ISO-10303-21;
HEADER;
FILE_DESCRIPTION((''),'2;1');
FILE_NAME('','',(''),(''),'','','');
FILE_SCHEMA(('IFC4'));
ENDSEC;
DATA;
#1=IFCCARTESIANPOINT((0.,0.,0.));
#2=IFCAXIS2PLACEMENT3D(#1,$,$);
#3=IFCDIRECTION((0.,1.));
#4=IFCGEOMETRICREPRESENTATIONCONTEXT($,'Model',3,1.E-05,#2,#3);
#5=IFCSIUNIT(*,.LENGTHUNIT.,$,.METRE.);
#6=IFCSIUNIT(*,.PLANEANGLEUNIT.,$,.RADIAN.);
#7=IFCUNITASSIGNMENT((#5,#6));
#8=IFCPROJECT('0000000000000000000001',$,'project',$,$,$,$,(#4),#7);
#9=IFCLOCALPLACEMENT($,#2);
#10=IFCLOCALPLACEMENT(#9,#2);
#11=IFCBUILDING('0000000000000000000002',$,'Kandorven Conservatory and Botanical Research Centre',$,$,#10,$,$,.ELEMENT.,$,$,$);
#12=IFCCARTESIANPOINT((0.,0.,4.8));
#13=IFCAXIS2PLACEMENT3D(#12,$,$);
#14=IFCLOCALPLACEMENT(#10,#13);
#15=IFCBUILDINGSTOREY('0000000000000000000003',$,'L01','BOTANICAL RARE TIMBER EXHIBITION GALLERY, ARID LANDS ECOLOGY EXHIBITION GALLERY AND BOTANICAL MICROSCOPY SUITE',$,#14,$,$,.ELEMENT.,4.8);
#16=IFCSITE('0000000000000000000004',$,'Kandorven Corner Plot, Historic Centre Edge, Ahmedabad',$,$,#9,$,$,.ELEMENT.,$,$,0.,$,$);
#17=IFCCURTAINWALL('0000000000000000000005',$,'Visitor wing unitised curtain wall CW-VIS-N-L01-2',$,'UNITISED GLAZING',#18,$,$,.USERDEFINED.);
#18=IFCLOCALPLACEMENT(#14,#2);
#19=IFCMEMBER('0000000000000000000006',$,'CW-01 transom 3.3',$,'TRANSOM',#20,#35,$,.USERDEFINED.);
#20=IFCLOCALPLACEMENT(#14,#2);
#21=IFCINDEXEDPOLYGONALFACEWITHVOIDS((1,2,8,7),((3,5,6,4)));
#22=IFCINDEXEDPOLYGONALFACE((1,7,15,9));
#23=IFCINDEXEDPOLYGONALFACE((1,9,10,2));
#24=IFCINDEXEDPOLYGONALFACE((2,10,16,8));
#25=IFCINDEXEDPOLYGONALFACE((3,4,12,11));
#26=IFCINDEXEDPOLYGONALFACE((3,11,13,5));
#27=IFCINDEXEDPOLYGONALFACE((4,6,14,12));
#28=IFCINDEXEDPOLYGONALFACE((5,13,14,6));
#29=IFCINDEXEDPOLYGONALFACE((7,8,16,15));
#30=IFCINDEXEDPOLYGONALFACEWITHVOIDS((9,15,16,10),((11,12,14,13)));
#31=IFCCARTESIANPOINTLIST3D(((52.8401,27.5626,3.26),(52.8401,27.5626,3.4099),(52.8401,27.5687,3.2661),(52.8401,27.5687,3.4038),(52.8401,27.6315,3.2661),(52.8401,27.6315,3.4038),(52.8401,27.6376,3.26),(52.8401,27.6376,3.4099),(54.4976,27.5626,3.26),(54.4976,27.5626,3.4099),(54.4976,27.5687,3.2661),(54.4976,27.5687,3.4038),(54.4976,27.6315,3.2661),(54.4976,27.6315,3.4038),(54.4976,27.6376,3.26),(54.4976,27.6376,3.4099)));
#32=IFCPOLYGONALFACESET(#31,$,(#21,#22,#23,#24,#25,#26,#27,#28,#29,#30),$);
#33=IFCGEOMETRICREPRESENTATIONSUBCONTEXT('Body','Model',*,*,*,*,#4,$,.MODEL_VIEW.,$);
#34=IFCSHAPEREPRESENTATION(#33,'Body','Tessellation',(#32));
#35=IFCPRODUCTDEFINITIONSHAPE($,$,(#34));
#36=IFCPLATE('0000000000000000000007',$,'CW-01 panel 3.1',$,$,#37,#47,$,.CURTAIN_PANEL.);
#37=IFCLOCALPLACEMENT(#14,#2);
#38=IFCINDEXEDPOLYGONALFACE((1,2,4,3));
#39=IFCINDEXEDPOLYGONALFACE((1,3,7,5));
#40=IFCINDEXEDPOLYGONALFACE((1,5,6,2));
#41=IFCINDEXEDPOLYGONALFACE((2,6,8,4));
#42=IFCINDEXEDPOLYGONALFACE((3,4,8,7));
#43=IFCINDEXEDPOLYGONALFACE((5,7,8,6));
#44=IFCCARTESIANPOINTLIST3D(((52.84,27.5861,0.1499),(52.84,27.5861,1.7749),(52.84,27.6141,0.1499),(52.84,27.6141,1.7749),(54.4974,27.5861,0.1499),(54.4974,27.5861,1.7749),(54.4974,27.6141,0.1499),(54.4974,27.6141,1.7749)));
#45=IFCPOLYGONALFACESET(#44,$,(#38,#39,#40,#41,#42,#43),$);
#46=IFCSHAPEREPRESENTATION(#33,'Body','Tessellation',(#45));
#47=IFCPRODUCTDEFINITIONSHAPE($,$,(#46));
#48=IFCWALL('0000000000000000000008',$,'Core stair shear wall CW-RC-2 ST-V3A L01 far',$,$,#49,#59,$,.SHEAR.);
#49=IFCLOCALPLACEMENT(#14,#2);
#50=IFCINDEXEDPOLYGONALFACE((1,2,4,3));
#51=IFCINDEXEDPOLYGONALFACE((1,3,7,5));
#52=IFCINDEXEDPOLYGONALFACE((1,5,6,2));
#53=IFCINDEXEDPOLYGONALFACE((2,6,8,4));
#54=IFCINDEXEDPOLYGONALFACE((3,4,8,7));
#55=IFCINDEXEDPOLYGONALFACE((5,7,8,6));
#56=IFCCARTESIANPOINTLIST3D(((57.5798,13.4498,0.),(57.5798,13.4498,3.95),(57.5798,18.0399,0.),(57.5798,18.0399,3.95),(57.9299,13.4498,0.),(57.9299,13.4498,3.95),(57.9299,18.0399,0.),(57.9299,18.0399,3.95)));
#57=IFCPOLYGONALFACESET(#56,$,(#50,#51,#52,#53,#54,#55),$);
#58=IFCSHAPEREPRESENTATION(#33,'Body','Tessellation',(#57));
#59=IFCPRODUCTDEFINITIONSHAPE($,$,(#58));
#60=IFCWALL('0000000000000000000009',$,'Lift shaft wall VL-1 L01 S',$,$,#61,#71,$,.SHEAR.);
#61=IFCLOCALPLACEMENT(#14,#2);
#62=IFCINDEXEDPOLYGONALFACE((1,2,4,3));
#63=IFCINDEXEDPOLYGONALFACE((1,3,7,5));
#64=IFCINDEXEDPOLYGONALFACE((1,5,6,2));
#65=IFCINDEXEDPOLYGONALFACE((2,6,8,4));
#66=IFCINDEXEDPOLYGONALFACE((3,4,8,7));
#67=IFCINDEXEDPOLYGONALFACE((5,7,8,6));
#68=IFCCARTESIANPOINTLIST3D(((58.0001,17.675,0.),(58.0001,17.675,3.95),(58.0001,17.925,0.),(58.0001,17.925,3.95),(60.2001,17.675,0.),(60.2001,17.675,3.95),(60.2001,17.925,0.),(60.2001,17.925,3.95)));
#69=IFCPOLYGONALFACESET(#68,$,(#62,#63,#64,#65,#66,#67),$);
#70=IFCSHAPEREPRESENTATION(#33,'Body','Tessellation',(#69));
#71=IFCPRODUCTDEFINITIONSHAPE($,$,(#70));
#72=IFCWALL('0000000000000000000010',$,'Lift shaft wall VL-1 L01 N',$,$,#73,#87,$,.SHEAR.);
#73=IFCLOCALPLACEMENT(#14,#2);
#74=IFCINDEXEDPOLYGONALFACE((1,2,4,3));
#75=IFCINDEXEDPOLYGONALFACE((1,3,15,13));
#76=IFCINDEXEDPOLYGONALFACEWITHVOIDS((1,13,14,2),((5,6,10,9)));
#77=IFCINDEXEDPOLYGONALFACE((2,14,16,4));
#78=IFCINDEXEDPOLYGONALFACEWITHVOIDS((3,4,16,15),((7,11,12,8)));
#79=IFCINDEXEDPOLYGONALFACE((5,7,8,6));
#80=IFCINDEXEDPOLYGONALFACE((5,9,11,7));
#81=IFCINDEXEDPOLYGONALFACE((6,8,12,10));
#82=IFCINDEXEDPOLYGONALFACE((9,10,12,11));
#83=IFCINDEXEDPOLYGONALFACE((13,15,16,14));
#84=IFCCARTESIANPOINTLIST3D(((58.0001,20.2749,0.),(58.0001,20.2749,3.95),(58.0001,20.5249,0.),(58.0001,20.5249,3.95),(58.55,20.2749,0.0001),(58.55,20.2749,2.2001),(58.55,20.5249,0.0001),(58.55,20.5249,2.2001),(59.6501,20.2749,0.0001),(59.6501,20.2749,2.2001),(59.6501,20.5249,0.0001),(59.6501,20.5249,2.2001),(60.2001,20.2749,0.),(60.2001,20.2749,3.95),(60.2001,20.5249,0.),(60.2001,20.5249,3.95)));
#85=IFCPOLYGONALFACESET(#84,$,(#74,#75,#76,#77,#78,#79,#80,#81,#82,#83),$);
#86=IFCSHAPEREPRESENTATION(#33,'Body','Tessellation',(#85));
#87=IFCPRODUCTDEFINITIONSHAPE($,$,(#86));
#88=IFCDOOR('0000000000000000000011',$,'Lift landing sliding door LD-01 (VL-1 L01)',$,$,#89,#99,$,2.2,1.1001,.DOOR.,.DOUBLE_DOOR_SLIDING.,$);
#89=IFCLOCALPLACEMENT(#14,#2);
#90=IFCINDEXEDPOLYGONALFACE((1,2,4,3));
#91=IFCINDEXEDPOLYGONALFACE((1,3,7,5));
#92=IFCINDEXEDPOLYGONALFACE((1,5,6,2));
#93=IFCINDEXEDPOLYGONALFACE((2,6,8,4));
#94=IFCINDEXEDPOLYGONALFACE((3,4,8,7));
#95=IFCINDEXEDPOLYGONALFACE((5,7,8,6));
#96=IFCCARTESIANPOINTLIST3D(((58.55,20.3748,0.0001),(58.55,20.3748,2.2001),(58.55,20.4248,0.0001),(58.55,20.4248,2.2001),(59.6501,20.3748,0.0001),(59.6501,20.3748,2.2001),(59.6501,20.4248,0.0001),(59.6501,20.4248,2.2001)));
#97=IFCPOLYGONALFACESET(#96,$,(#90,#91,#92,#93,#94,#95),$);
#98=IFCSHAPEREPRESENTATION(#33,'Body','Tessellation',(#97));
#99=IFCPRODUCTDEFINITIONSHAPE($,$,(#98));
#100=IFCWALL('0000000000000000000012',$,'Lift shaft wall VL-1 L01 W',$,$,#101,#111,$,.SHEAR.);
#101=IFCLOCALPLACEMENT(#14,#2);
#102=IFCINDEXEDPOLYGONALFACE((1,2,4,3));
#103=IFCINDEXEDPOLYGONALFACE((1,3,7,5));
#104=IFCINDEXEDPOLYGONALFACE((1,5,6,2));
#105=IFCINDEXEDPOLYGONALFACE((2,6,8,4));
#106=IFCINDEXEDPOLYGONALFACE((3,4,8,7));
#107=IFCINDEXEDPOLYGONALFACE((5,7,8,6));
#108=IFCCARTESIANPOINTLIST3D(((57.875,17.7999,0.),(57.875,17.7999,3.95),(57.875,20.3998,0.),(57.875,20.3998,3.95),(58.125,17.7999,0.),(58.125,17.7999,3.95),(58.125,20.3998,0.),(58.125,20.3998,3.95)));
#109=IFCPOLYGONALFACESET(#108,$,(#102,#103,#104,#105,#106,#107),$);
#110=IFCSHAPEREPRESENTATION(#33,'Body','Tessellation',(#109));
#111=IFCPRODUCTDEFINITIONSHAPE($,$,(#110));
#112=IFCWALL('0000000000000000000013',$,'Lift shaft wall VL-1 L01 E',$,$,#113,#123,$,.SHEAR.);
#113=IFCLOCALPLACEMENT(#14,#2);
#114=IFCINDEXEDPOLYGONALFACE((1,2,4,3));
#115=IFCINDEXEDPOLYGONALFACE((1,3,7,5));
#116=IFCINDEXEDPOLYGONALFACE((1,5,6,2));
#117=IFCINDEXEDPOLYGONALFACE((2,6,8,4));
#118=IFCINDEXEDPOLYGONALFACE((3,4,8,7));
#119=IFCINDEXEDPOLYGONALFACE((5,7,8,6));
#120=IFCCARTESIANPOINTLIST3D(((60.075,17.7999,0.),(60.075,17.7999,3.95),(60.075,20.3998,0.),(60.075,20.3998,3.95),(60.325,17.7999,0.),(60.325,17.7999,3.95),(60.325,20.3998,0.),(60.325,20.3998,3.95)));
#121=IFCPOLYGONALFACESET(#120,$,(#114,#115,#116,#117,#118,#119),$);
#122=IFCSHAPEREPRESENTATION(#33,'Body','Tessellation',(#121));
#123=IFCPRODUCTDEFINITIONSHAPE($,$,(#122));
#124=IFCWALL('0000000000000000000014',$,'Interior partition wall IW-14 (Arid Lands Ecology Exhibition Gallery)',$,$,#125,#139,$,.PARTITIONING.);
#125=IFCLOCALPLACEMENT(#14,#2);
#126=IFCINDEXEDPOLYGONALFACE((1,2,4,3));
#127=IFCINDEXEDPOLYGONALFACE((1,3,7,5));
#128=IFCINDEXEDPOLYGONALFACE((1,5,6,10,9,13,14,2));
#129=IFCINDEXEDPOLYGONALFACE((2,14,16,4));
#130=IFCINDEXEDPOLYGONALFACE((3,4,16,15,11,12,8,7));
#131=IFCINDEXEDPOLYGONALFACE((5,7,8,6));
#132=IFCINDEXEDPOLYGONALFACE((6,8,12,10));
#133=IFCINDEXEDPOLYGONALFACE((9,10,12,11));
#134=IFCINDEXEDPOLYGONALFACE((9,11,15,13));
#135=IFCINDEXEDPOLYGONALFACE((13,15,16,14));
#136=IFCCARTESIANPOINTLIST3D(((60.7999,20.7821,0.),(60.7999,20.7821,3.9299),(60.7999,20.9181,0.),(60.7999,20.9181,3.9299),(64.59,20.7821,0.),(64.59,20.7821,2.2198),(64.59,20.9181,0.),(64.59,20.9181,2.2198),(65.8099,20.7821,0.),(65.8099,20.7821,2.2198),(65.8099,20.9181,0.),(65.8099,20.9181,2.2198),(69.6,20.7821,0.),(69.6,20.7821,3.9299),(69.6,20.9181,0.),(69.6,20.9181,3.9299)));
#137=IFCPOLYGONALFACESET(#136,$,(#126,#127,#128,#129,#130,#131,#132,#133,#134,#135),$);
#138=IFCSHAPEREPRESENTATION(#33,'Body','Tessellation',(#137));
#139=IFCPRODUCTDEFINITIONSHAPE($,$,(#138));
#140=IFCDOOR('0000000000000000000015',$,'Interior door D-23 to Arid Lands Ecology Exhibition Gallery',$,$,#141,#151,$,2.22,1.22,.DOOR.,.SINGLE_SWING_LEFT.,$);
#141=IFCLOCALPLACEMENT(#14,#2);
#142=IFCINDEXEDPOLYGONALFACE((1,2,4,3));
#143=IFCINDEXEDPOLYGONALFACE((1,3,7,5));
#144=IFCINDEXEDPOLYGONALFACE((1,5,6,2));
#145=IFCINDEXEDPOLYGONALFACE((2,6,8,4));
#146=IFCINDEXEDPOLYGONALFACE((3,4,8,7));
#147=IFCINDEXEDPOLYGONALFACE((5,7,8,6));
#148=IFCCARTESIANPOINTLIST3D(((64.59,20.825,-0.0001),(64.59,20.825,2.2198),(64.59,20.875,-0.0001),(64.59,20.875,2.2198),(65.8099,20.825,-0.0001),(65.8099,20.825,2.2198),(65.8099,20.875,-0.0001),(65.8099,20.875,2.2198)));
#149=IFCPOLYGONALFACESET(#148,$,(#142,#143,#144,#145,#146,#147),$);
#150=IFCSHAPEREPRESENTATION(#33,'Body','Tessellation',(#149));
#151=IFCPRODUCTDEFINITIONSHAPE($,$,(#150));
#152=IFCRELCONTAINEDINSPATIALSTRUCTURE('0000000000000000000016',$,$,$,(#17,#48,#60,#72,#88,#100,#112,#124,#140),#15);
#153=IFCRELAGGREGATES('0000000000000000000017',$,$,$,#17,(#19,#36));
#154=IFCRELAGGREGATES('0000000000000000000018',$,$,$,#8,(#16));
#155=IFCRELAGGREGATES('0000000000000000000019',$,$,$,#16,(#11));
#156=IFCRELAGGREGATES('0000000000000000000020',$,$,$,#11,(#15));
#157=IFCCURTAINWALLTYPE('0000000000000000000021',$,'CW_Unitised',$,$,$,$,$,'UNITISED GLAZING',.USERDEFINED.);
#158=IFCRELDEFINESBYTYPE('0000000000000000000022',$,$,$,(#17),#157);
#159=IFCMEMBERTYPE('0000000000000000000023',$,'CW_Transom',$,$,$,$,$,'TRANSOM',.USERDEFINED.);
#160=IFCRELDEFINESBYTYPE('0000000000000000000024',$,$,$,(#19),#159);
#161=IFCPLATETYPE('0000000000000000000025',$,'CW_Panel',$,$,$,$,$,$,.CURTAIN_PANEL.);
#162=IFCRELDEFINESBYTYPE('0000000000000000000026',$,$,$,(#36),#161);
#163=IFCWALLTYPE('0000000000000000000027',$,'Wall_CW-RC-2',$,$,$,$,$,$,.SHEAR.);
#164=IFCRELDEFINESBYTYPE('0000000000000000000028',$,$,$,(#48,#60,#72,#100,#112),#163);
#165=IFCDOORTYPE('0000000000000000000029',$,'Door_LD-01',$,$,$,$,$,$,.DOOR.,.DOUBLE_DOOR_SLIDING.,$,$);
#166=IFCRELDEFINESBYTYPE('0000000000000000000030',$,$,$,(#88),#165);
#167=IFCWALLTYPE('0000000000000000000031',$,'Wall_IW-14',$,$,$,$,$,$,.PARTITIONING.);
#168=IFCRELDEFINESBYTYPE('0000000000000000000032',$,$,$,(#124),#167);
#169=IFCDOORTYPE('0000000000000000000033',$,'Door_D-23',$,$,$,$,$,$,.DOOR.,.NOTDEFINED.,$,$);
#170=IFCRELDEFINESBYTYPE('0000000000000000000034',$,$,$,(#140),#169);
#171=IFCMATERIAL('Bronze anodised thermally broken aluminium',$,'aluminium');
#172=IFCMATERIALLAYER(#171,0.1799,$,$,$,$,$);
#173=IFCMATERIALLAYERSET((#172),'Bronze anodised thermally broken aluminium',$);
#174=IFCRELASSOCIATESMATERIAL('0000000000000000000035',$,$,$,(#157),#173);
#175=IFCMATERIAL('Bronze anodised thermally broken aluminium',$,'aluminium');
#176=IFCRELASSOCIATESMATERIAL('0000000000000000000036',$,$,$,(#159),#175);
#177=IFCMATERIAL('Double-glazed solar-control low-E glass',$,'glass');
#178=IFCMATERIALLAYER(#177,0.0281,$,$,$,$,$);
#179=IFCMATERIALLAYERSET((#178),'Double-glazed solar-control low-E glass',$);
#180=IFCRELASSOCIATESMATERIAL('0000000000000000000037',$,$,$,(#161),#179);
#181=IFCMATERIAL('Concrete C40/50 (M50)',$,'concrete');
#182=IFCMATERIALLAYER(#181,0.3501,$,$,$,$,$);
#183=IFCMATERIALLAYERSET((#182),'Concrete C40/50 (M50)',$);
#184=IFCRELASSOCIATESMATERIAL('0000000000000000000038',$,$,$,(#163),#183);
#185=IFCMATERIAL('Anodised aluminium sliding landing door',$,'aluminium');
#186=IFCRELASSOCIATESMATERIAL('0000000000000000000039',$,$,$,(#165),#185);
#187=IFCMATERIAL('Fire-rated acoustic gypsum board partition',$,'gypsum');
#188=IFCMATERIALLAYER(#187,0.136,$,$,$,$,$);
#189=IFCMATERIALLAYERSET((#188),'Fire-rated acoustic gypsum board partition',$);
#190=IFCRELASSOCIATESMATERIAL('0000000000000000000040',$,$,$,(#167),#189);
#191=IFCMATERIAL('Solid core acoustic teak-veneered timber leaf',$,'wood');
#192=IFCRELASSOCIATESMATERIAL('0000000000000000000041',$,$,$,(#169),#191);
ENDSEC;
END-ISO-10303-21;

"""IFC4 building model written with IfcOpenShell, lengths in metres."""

from ifc_helpers import new_model, si_unit, direction, frame, frame_2d, origin, origin_2d, place, context, subcontext, project, spatial, rectangle, hollow_rectangle, extrude, material, layer, layer_set, material_profile, profile_set, type_object, element, fill, aggregate, save


model = new_model("IFC4")

# Units and contexts
model_context = context("Model", 3, precision=1e-05, world=origin(), true_north=direction((0.0, 1.0)))
body_context = subcontext(model_context, "Body", "Model", "MODEL_VIEW")
ifc_project = project(units=[si_unit("LENGTHUNIT", "METRE"), si_unit("PLANEANGLEUNIT", "RADIAN")], contexts=[model_context])

# Site, building, storey
site_placement = place(None, origin())
site = spatial("IfcSite", under=ifc_project, at=site_placement, Name="Kandorven Corner Plot, Historic Centre Edge, Ahmedabad", CompositionType="ELEMENT", RefElevation=0.0)
building_placement = place(site_placement, origin())
building = spatial("IfcBuilding", under=site, at=building_placement, Name="Kandorven Conservatory and Botanical Research Centre", CompositionType="ELEMENT")
storey_placement = place(building_placement, frame((0.0, 0.0, 4.8)))
storey = spatial("IfcBuildingStorey", under=building, at=storey_placement, Name="L01", Description="BOTANICAL RARE TIMBER EXHIBITION GALLERY, ARID LANDS ECOLOGY EXHIBITION GALLERY AND BOTANICAL MICROSCOPY SUITE", CompositionType="ELEMENT", Elevation=4.8)

# Curtain wall, member, plate
ifc_material_1 = material(Name="Bronze anodised thermally broken aluminium", Category="aluminium")
ifc_layer_1 = layer(ifc_material_1, 0.1799)
ifc_layer_set_1 = layer_set([ifc_layer_1], Name="Bronze anodised thermally broken aluminium")
curtain_wall_type = type_object("IfcCurtainWallType", Name="CW_Unitised", ElementType="UNITISED GLAZING", PredefinedType="USERDEFINED", material=ifc_layer_set_1)
curtain_wall_placement = place(storey_placement, origin())
curtain_wall = element("IfcCurtainWall", 1, at=curtain_wall_placement, inside=storey, type_object=curtain_wall_type, Name="Visitor wing unitised curtain wall CW-VIS-N-L01-2", ObjectType="UNITISED GLAZING", PredefinedType="USERDEFINED")
ifc_material_2 = material(Name="Bronze anodised thermally broken aluminium", Category="aluminium")
ifc_material_profile_1 = material_profile(ifc_material_2, hollow_rectangle(XDim=0.075, YDim=0.1499, WallThickness=0.0061, at=origin_2d()))
ifc_profile_set_1 = profile_set([ifc_material_profile_1], Name="Bronze anodised thermally broken aluminium")
member_type = type_object("IfcMemberType", Name="CW_Transom", ElementType="TRANSOM", PredefinedType="USERDEFINED", material=ifc_profile_set_1)
member_placement = place(storey_placement, frame((52.8401, 27.6001, 3.335), z_axis=(1.0, 0.0, 0.0), x_axis=(0.0, 1.0, 0.0)))
member = element("IfcMember", 2, at=member_placement, type_object=member_type, Name="CW-01 transom 3.3", ObjectType="TRANSOM", PredefinedType="USERDEFINED", context=body_context, shape_type="SweptSolid", body=[
    extrude(hollow_rectangle(XDim=0.075, YDim=0.1499, WallThickness=0.0061, at=origin_2d()), origin(), (0.0, 0.0, 1.0), 1.6575),
])
ifc_material_3 = material(Name="Double-glazed solar-control low-E glass", Category="glass")
ifc_layer_2 = layer(ifc_material_3, 0.0281)
ifc_layer_set_2 = layer_set([ifc_layer_2], Name="Double-glazed solar-control low-E glass")
plate_type = type_object("IfcPlateType", Name="CW_Panel", PredefinedType="CURTAIN_PANEL", material=ifc_layer_set_2)
plate_placement = place(storey_placement, frame((53.6687, 27.6001, 0.1499), z_axis=(0.0, 0.0, 1.0), x_axis=(1.0, 0.0, 0.0)))
plate = element("IfcPlate", 3, at=plate_placement, type_object=plate_type, Name="CW-01 panel 3.1", PredefinedType="CURTAIN_PANEL", context=body_context, shape_type="SweptSolid", body=[
    extrude(rectangle(XDim=1.6575, YDim=0.0281, at=origin_2d()), origin(), (0.0, 0.0, 1.0), 1.625),
])
aggregate(curtain_wall, [member, plate])

# Walls
ifc_material_4 = material(Name="Concrete C40/50 (M50)", Category="concrete")
ifc_layer_3 = layer(ifc_material_4, 0.3501)
ifc_layer_set_3 = layer_set([ifc_layer_3], Name="Concrete C40/50 (M50)")
wall_type_1 = type_object("IfcWallType", Name="Wall_CW-RC-2", PredefinedType="SHEAR", material=ifc_layer_set_3)
wall_1_placement = place(storey_placement, frame((57.7549, 13.45, 0.0), z_axis=(0.0, 0.0, 1.0), x_axis=(0.0, 1.0, 0.0)))
element("IfcWall", 4, at=wall_1_placement, inside=storey, type_object=wall_type_1, Name="Core stair shear wall CW-RC-2 ST-V3A L01 far", PredefinedType="SHEAR", context=body_context, shape_type="SweptSolid", body=[
    extrude(rectangle(XDim=4.5901, YDim=0.3501, at=frame_2d((2.2949, 0.0))), origin(), (0.0, 0.0, 1.0), 3.95),
])
wall_2_placement = place(storey_placement, frame((58.0, 17.8, 0.0), z_axis=(0.0, 0.0, 1.0), x_axis=(1.0, 0.0, 0.0)))
element("IfcWall", 5, at=wall_2_placement, inside=storey, type_object=wall_type_1, Name="Lift shaft wall VL-1 L01 S", PredefinedType="SHEAR", context=body_context, shape_type="SweptSolid", body=[
    extrude(rectangle(XDim=2.2, YDim=0.25, at=frame_2d((1.1001, 0.0))), origin(), (0.0, 0.0, 1.0), 3.95),
])

# Wall, opening, door
wall_3_placement = place(storey_placement, frame((58.0, 20.3999, 0.0), z_axis=(0.0, 0.0, 1.0), x_axis=(1.0, 0.0, 0.0)))
wall_3 = element("IfcWall", 6, at=wall_3_placement, inside=storey, type_object=wall_type_1, Name="Lift shaft wall VL-1 L01 N", PredefinedType="SHEAR", context=body_context, shape_type="SweptSolid", body=[
    extrude(rectangle(XDim=2.2, YDim=0.25, at=frame_2d((1.1001, 0.0))), origin(), (0.0, 0.0, 1.0), 3.95),
])
opening_1_placement = place(wall_3_placement, frame((0.55, 0.0, 0.0)))
opening_1 = element("IfcOpeningElement", 7, at=opening_1_placement, cuts=wall_3, PredefinedType="OPENING", context=body_context, shape_type="SweptSolid", body=[
    extrude(rectangle(XDim=1.1001, YDim=2.2, at=frame_2d((0.55, 1.1001))), frame((0.0, 0.135, 0.0), z_axis=(0.0, -1.0, 0.0), x_axis=(1.0, 0.0, 0.0)), (0.0, 0.0, 1.0), 0.27),
])
ifc_material_5 = material(Name="Anodised aluminium sliding landing door", Category="aluminium")
door_type_1 = type_object("IfcDoorType", Name="Door_LD-01", OperationType="DOUBLE_DOOR_SLIDING", PredefinedType="DOOR", material=ifc_material_5)
door_1_placement = place(opening_1_placement, origin())
door_1 = element("IfcDoor", 8, at=door_1_placement, inside=storey, type_object=door_type_1, Name="Lift landing sliding door LD-01 (VL-1 L01)", OperationType="DOUBLE_DOOR_SLIDING", OverallHeight=2.2, OverallWidth=1.1001, PredefinedType="DOOR", context=body_context, shape_type="SweptSolid", body=[
    extrude(rectangle(XDim=1.1001, YDim=2.2, at=frame_2d((0.55, 1.1001))), frame((0.0, 0.0249, 0.0), z_axis=(0.0, -1.0, 0.0), x_axis=(1.0, 0.0, 0.0)), (0.0, 0.0, 1.0), 0.05),
])
fill(opening_1, door_1)

# Walls
for number, where, z_axis, x_axis, name in (
    (9, (58.0, 17.8, 0.0), (0.0, 0.0, 1.0), (0.0, 1.0, 0.0), "Lift shaft wall VL-1 L01 W"),
    (10, (60.2, 17.8, 0.0), (0.0, 0.0, 1.0), (0.0, 1.0, 0.0), "Lift shaft wall VL-1 L01 E"),
):
    element("IfcWall", number, at=place(storey_placement, frame(where, z_axis=z_axis, x_axis=x_axis)), inside=storey, type_object=wall_type_1, Name=name, PredefinedType="SHEAR", context=body_context, shape_type="SweptSolid", body=[
        extrude(rectangle(XDim=2.5999, YDim=0.25, at=frame_2d((1.2998, 0.0))), origin(), (0.0, 0.0, 1.0), 3.95),
    ])

# Wall, opening, door
ifc_material_6 = material(Name="Fire-rated acoustic gypsum board partition", Category="gypsum")
ifc_layer_4 = layer(ifc_material_6, 0.136)
ifc_layer_set_4 = layer_set([ifc_layer_4], Name="Fire-rated acoustic gypsum board partition")
wall_type_2 = type_object("IfcWallType", Name="Wall_IW-14", PredefinedType="PARTITIONING", material=ifc_layer_set_4)
wall_4_placement = place(storey_placement, frame((60.8, 20.8501, 0.0), z_axis=(0.0, 0.0, 1.0), x_axis=(1.0, 0.0, 0.0)))
wall_4 = element("IfcWall", 11, at=wall_4_placement, inside=storey, type_object=wall_type_2, Name="Interior partition wall IW-14 (Arid Lands Ecology Exhibition Gallery)", PredefinedType="PARTITIONING", context=body_context, shape_type="SweptSolid", body=[
    extrude(rectangle(XDim=8.8, YDim=0.136, at=frame_2d((4.3999, 0.0))), origin(), (0.0, 0.0, 1.0), 3.9299),
])
opening_2_placement = place(wall_4_placement, frame((3.79, 0.0, 0.0)))
opening_2 = element("IfcOpeningElement", 12, at=opening_2_placement, cuts=wall_4, PredefinedType="OPENING", context=body_context, shape_type="SweptSolid", body=[
    extrude(rectangle(XDim=1.22, YDim=2.22, at=frame_2d((0.6099, 1.1099))), frame((0.0, 0.0779, 0.0), z_axis=(0.0, -1.0, 0.0), x_axis=(1.0, 0.0, 0.0)), (0.0, 0.0, 1.0), 0.156),
])
ifc_material_7 = material(Name="Solid core acoustic teak-veneered timber leaf", Category="wood")
door_type_2 = type_object("IfcDoorType", Name="Door_D-23", OperationType="NOTDEFINED", PredefinedType="DOOR", material=ifc_material_7)
door_2_placement = place(opening_2_placement, origin())
door_2 = element("IfcDoor", 13, at=door_2_placement, inside=storey, type_object=door_type_2, Name="Interior door D-23 to Arid Lands Ecology Exhibition Gallery", OperationType="SINGLE_SWING_LEFT", OverallHeight=2.22, OverallWidth=1.22, PredefinedType="DOOR", context=body_context, shape_type="SweptSolid", body=[
    extrude(rectangle(XDim=1.22, YDim=2.22, at=frame_2d((0.6099, 1.1099))), frame((0.0, 0.0249, 0.0), z_axis=(0.0, -1.0, 0.0), x_axis=(1.0, 0.0, 0.0)), (0.0, 0.0, 1.0), 0.05),
])
fill(opening_2, door_2)

save(model, "model.ifc")
